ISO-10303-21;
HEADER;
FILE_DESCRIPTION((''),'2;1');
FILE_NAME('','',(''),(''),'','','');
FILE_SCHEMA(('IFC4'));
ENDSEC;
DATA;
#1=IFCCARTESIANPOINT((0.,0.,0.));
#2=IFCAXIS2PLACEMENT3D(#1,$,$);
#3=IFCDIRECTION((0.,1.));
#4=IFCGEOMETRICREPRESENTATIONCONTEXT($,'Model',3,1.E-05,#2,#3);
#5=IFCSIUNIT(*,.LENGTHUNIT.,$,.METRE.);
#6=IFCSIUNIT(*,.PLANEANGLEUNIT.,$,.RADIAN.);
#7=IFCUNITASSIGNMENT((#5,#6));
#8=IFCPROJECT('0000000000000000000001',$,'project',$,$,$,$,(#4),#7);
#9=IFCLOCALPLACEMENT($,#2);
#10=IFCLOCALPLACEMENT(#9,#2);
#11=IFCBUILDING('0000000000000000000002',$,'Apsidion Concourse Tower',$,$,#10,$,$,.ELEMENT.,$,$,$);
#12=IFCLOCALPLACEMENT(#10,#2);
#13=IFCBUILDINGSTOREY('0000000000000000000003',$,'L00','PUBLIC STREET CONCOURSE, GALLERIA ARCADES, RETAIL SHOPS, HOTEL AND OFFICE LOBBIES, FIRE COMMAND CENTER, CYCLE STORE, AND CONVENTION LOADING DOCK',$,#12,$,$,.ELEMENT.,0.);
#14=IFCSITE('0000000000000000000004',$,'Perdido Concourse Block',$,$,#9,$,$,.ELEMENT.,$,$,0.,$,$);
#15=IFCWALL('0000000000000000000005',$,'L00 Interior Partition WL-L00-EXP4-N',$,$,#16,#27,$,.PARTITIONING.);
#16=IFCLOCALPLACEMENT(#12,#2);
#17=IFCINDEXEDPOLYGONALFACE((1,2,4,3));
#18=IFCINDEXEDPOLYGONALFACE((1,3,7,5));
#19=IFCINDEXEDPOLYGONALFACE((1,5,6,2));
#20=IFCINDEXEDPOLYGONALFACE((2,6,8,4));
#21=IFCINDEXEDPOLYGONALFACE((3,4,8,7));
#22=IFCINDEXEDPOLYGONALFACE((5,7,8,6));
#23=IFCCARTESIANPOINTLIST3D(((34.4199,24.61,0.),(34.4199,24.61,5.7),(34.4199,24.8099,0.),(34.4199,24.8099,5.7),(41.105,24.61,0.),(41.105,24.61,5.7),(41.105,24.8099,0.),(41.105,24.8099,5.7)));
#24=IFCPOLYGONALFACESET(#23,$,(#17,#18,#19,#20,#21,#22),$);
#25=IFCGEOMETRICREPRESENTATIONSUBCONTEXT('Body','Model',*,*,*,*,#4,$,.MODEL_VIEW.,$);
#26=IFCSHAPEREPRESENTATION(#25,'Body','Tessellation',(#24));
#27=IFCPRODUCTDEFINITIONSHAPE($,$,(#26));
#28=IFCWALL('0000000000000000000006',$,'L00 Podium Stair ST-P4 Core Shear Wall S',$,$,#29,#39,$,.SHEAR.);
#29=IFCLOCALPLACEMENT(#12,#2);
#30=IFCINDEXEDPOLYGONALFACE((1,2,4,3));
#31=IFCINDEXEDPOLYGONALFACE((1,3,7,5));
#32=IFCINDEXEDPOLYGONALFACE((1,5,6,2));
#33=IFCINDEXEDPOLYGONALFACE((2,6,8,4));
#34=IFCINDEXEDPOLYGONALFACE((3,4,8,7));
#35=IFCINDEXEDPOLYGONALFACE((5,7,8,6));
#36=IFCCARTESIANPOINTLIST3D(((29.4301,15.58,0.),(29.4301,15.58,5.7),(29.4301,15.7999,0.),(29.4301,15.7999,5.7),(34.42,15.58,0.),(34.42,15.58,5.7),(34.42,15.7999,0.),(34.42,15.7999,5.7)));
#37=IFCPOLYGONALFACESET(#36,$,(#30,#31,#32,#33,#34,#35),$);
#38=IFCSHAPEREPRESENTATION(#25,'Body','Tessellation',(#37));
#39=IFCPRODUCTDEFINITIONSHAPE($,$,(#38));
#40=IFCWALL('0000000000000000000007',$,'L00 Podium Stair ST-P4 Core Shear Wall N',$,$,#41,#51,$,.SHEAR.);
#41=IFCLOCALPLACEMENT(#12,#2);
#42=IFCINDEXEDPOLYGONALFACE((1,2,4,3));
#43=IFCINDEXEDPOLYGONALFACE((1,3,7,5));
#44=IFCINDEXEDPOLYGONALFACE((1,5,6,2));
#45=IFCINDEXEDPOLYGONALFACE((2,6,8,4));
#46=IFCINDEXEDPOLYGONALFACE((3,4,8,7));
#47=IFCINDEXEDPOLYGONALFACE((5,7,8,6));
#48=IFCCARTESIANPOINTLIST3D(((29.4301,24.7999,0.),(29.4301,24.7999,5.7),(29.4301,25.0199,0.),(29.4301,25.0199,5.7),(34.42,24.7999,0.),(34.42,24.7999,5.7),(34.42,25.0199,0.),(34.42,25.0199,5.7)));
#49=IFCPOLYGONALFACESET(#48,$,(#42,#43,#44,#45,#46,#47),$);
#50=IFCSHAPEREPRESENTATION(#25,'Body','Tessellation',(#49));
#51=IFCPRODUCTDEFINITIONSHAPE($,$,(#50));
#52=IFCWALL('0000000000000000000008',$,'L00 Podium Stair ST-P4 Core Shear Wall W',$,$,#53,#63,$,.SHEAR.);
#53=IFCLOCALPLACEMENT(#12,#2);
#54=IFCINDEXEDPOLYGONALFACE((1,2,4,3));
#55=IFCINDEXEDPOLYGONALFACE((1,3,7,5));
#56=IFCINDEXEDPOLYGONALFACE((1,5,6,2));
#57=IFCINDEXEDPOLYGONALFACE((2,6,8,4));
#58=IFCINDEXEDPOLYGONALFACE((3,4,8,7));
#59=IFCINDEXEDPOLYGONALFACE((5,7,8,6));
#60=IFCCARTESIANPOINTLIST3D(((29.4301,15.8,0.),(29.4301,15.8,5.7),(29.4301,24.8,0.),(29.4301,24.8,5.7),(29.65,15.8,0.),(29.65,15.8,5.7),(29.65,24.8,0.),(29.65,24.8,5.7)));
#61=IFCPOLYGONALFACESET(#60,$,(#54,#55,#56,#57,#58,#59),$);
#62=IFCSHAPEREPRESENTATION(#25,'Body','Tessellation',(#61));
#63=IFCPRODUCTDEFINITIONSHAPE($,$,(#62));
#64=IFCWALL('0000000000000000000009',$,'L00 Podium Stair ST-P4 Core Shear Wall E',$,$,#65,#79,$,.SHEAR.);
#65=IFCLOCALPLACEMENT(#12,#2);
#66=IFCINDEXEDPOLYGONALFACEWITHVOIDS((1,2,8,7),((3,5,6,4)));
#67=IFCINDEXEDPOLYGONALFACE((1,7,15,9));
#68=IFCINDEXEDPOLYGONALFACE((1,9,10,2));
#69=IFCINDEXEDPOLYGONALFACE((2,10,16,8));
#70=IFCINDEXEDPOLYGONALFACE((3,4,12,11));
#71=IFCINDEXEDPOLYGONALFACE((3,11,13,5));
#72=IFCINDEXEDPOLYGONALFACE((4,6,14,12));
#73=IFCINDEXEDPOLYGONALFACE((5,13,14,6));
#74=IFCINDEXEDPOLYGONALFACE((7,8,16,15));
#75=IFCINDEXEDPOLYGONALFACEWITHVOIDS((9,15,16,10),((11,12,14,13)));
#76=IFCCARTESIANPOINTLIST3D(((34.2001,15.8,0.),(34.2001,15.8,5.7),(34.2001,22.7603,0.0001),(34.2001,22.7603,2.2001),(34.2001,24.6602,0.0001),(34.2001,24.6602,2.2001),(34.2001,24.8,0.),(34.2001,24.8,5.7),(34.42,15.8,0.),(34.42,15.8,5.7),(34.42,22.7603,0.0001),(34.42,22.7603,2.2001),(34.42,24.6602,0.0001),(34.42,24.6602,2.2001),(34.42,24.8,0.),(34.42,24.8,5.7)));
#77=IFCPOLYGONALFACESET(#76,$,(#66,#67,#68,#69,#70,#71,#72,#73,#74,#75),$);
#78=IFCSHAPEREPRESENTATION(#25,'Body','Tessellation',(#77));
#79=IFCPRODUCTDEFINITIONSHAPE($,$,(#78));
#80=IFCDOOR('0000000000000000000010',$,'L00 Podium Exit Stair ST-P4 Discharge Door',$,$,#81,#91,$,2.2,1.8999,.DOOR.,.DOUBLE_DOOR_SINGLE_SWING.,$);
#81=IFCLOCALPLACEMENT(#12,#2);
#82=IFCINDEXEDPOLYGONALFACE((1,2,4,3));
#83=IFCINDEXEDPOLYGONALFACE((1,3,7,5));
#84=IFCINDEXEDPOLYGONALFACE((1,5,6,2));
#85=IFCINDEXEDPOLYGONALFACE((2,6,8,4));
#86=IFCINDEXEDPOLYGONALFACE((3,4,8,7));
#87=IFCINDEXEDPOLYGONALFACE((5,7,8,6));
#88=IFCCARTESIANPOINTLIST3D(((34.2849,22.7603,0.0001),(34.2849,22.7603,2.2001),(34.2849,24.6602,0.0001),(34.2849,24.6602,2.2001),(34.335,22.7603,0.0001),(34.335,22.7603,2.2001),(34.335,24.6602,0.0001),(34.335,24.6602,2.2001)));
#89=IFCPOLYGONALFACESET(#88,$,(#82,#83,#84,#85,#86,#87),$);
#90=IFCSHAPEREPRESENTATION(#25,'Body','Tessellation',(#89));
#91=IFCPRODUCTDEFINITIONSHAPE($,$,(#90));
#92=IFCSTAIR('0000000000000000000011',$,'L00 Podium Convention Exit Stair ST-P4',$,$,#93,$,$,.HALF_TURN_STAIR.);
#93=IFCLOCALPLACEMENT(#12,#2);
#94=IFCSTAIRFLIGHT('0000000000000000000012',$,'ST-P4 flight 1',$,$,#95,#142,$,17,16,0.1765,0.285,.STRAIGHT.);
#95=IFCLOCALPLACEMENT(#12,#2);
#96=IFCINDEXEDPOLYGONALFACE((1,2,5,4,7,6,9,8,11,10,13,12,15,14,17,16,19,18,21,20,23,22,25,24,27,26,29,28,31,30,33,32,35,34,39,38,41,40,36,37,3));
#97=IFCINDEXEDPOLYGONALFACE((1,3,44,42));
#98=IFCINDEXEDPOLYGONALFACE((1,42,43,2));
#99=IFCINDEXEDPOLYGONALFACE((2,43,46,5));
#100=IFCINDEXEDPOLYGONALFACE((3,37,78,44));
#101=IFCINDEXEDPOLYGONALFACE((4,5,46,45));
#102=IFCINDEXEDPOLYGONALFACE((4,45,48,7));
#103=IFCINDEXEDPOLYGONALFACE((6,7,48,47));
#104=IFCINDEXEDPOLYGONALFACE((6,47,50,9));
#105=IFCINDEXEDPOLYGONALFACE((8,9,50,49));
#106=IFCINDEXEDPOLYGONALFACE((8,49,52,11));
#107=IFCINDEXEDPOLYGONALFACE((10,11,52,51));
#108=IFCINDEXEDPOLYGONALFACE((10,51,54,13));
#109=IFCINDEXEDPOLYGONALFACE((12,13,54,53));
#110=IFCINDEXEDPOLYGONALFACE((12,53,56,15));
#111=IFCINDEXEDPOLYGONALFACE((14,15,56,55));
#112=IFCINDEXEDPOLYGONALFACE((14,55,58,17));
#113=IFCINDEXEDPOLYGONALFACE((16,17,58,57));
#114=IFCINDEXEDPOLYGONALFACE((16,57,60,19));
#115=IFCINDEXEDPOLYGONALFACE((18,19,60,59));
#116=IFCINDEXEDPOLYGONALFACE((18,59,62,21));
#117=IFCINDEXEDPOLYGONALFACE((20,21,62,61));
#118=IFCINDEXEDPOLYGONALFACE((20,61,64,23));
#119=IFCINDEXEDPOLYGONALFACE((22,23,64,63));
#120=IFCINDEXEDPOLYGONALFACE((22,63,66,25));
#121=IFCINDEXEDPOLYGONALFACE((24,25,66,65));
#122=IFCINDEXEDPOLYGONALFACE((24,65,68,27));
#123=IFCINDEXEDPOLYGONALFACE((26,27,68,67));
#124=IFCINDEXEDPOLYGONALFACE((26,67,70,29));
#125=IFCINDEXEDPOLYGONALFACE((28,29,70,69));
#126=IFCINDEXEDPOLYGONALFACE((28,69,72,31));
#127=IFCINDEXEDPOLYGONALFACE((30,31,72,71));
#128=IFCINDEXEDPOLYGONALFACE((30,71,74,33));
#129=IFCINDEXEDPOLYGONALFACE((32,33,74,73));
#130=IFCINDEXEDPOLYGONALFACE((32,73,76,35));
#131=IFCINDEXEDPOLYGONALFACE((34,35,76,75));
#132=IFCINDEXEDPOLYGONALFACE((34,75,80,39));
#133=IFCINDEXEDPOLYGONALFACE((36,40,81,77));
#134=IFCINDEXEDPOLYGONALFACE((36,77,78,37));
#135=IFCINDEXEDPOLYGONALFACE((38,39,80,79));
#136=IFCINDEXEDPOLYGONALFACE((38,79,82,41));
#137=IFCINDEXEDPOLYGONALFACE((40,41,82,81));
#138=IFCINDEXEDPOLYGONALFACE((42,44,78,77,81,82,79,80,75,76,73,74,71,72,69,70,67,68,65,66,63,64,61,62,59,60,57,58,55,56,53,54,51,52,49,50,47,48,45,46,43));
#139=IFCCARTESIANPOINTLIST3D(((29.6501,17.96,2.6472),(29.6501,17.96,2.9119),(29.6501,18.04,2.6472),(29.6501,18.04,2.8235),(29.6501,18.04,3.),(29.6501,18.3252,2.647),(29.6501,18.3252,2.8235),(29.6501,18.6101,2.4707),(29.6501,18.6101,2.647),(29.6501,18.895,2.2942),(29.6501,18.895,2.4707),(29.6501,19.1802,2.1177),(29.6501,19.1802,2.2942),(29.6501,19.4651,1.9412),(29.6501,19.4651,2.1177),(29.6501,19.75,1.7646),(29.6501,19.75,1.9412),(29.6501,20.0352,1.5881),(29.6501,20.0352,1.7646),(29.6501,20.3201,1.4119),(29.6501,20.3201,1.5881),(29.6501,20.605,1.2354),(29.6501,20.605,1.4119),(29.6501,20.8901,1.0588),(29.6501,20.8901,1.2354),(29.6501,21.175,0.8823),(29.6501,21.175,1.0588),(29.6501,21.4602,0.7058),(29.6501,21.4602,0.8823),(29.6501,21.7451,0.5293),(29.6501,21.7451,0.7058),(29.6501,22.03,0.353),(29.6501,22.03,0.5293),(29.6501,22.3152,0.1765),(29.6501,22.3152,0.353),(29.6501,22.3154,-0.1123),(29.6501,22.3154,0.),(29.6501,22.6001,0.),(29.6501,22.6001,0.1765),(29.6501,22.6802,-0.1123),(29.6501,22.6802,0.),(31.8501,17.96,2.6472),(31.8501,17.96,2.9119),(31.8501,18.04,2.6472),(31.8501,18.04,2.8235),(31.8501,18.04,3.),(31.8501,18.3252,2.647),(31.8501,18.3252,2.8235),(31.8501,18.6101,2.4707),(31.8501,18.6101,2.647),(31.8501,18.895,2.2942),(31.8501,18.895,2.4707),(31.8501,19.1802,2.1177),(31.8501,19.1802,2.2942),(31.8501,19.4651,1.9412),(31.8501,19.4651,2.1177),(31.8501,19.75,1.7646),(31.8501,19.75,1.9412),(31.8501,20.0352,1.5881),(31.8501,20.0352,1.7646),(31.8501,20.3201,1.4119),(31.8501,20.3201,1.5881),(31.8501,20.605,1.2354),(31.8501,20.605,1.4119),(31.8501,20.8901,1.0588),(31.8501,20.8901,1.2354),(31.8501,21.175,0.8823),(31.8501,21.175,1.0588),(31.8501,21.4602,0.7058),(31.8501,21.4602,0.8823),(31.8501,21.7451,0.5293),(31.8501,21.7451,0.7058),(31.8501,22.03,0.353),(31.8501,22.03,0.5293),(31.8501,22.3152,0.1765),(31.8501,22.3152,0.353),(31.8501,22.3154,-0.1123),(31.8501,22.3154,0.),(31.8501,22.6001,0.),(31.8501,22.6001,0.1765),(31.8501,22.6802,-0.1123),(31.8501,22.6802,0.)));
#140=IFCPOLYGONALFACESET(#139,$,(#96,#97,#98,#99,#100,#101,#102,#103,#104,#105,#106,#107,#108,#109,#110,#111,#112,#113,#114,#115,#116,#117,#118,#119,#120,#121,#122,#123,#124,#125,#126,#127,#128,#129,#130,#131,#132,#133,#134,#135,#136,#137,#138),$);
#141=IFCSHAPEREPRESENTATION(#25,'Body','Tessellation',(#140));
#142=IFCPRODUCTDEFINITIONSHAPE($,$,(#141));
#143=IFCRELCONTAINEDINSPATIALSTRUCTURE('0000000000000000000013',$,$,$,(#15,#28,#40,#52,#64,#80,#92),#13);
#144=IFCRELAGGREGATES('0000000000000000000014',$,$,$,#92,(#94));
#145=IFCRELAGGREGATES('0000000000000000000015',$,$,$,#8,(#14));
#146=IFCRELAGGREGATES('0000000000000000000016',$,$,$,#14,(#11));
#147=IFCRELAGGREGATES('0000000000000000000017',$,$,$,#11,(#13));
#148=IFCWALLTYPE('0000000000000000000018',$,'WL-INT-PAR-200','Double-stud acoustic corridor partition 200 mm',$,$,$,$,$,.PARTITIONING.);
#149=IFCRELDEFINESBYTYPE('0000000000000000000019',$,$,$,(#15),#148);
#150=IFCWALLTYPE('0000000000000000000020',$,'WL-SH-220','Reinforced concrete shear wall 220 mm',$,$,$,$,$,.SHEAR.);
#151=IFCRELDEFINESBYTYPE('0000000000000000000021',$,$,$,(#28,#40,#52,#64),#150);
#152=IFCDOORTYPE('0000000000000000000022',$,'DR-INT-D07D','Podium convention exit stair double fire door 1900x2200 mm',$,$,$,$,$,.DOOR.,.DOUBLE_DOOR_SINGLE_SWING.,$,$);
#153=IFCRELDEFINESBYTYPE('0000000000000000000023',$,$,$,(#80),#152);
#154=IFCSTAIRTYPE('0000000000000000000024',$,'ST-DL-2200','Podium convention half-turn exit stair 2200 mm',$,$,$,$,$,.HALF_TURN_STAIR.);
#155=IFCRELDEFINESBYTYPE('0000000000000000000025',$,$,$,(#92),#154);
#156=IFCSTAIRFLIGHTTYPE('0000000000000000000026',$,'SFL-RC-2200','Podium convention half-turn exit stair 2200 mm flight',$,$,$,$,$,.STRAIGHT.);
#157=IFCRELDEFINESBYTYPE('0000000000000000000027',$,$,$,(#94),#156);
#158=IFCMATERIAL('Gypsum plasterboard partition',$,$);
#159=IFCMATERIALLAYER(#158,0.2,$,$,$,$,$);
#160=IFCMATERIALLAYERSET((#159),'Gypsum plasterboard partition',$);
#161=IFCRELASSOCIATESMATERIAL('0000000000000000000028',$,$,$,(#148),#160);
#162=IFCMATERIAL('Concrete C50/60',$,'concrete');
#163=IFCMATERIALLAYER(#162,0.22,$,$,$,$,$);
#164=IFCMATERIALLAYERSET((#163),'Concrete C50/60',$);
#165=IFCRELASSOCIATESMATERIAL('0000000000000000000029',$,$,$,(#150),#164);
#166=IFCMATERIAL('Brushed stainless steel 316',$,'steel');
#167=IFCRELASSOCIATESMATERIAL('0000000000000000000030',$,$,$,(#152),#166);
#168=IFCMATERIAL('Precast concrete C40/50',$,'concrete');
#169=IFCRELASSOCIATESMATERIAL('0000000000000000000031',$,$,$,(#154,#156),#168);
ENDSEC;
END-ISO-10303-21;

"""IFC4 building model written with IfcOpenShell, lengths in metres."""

from ifc_helpers import new_model, si_unit, direction, frame, frame_2d, origin, place, context, subcontext, project, spatial, polyline, rectangle, outline, extrude, material, layer, layer_set, type_object, element, fill, aggregate, save


model = new_model("IFC4")

# Units and contexts
model_context = context("Model", 3, precision=1e-05, world=origin(), true_north=direction((0.0, 1.0)))
body_context = subcontext(model_context, "Body", "Model", "MODEL_VIEW")
ifc_project = project(units=[si_unit("LENGTHUNIT", "METRE"), si_unit("PLANEANGLEUNIT", "RADIAN")], contexts=[model_context])

# Site, building, storey
site_placement = place(None, origin())
site = spatial("IfcSite", under=ifc_project, at=site_placement, Name="Perdido Concourse Block", CompositionType="ELEMENT", RefElevation=0.0)
building_placement = place(site_placement, origin())
building = spatial("IfcBuilding", under=site, at=building_placement, Name="Apsidion Concourse Tower", CompositionType="ELEMENT")
storey_placement = place(building_placement, origin())
storey = spatial("IfcBuildingStorey", under=building, at=storey_placement, Name="L00", Description="PUBLIC STREET CONCOURSE, GALLERIA ARCADES, RETAIL SHOPS, HOTEL AND OFFICE LOBBIES, FIRE COMMAND CENTER, CYCLE STORE, AND CONVENTION LOADING DOCK", CompositionType="ELEMENT", Elevation=0.0)

# Shared definitions
ifc_material_1 = material(Name="Precast concrete C40/50", Category="concrete")
ifc_material_2 = material(Name="Brushed stainless steel 316", Category="steel")

# Walls
ifc_material_3 = material(Name="Gypsum plasterboard partition")
ifc_layer_1 = layer(ifc_material_3, 0.2)
ifc_layer_set_1 = layer_set([ifc_layer_1], Name="Gypsum plasterboard partition")
wall_type_1 = type_object("IfcWallType", Name="WL-INT-PAR-200", Description="Double-stud acoustic corridor partition 200 mm", PredefinedType="PARTITIONING", material=ifc_layer_set_1)
for number, where, z_axis, x_axis, name in (
    (1, (34.4199, 24.71, 0.0), (0.0, 0.0, 1.0), (1.0, 0.0, 0.0), "L00 Interior Partition WL-L00-EXP4-N"),
):
    element("IfcWall", number, at=place(storey_placement, frame(where, z_axis=z_axis, x_axis=x_axis)), inside=storey, type_object=wall_type_1, Name=name, PredefinedType="PARTITIONING", context=body_context, shape_type="SweptSolid", body=[
        extrude(rectangle(XDim=6.6851, YDim=0.2, at=frame_2d((3.3425, 0.0))), origin(), (0.0, 0.0, 1.0), 5.7),
    ])
ifc_material_4 = material(Name="Concrete C50/60", Category="concrete")
ifc_layer_2 = layer(ifc_material_4, 0.22)
ifc_layer_set_2 = layer_set([ifc_layer_2], Name="Concrete C50/60")
wall_type_2 = type_object("IfcWallType", Name="WL-SH-220", Description="Reinforced concrete shear wall 220 mm", PredefinedType="SHEAR", material=ifc_layer_set_2)
for number, where, z_axis, x_axis, name in (
    (2, (29.4299, 15.6899, 0.0), (0.0, 0.0, 1.0), (1.0, 0.0, 0.0), "L00 Podium Stair ST-P4 Core Shear Wall S"),
    (3, (29.4299, 24.9099, 0.0), (0.0, 0.0, 1.0), (1.0, 0.0, 0.0), "L00 Podium Stair ST-P4 Core Shear Wall N"),
):
    element("IfcWall", number, at=place(storey_placement, frame(where, z_axis=z_axis, x_axis=x_axis)), inside=storey, type_object=wall_type_2, Name=name, PredefinedType="SHEAR", context=body_context, shape_type="SweptSolid", body=[
        extrude(rectangle(XDim=4.99, YDim=0.22, at=frame_2d((2.4951, 0.0))), origin(), (0.0, 0.0, 1.0), 5.7),
    ])
wall_1_placement = place(storey_placement, frame((29.54, 15.8, 0.0), z_axis=(0.0, 0.0, 1.0), x_axis=(0.0, 1.0, 0.0)))
element("IfcWall", 4, at=wall_1_placement, inside=storey, type_object=wall_type_2, Name="L00 Podium Stair ST-P4 Core Shear Wall W", PredefinedType="SHEAR", context=body_context, shape_type="SweptSolid", body=[
    extrude(rectangle(XDim=9.0, YDim=0.22, at=frame_2d((4.5, 0.0))), origin(), (0.0, 0.0, 1.0), 5.7),
])

# Wall, opening, door
wall_2_placement = place(storey_placement, frame((34.3101, 24.8, 0.0), z_axis=(0.0, 0.0, 1.0), x_axis=(0.0, -1.0, 0.0)))
wall_2 = element("IfcWall", 5, at=wall_2_placement, inside=storey, type_object=wall_type_2, Name="L00 Podium Stair ST-P4 Core Shear Wall E", PredefinedType="SHEAR", context=body_context, shape_type="SweptSolid", body=[
    extrude(rectangle(XDim=9.0, YDim=0.22, at=frame_2d((4.5, 0.0))), origin(), (0.0, 0.0, 1.0), 5.7),
])
opening_1_placement = place(wall_2_placement, frame((0.1399, 0.0, 0.0)))
opening_1 = element("IfcOpeningElement", 6, at=opening_1_placement, cuts=wall_2, PredefinedType="OPENING", context=body_context, shape_type="SweptSolid", body=[
    extrude(rectangle(XDim=1.8999, YDim=2.2, at=frame_2d((0.95, 1.1001))), frame((0.0, 0.1201, 0.0), z_axis=(0.0, -1.0, 0.0), x_axis=(1.0, 0.0, 0.0)), (0.0, 0.0, 1.0), 0.24),
])
door_type_1 = type_object("IfcDoorType", Name="DR-INT-D07D", Description="Podium convention exit stair double fire door 1900x2200 mm", OperationType="DOUBLE_DOOR_SINGLE_SWING", PredefinedType="DOOR", material=ifc_material_2)
door_1_placement = place(opening_1_placement, origin())
door_1 = element("IfcDoor", 7, at=door_1_placement, inside=storey, type_object=door_type_1, Name="L00 Podium Exit Stair ST-P4 Discharge Door", OperationType="DOUBLE_DOOR_SINGLE_SWING", OverallHeight=2.2, OverallWidth=1.8999, PredefinedType="DOOR", context=body_context, shape_type="SweptSolid", body=[
    extrude(rectangle(XDim=1.8999, YDim=2.2, at=frame_2d((0.95, 1.1001))), frame((0.0, 0.0249, 0.0), z_axis=(0.0, -1.0, 0.0), x_axis=(1.0, 0.0, 0.0)), (0.0, 0.0, 1.0), 0.05),
])
fill(opening_1, door_1)

# Stair, stair flight
stair_type = type_object("IfcStairType", Name="ST-DL-2200", Description="Podium convention half-turn exit stair 2200 mm", PredefinedType="HALF_TURN_STAIR", material=ifc_material_1)
stair_placement = place(storey_placement, origin())
stair = element("IfcStair", 8, at=stair_placement, inside=storey, type_object=stair_type, Name="L00 Podium Convention Exit Stair ST-P4", PredefinedType="HALF_TURN_STAIR")
stair_flight_type = type_object("IfcStairFlightType", Name="SFL-RC-2200", Description="Podium convention half-turn exit stair 2200 mm flight", PredefinedType="STRAIGHT", material=ifc_material_1)
stair_flight_1_placement = place(storey_placement, frame((30.75, 22.6001, 0.0), z_axis=(0.0, 0.0, 1.0), x_axis=(0.0, -1.0, 0.0)))
stair_flight_1 = element("IfcStairFlight", 9, at=stair_flight_1_placement, type_object=stair_flight_type, Name="ST-P4 flight 1", NumberOfRisers=17, NumberOfTreads=16, PredefinedType="STRAIGHT", RiserHeight=0.1765, TreadLength=0.285, context=body_context, shape_type="SweptSolid", body=[
    extrude(outline(polyline([(-0.0801, -0.1123), (-0.0801, 0.0), (0.0, 0.0), (0.0, 0.1765), (0.2849, 0.1765), (0.2849, 0.353), (0.5701, 0.353), (0.5701, 0.5293), (0.855, 0.5293), (0.855, 0.7058), (1.1399, 0.7058), (1.1399, 0.8823), (1.425, 0.8823), (1.425, 1.0588), (1.71, 1.0588), (1.71, 1.2354), (1.9951, 1.2354), (1.9951, 1.4119), (2.28, 1.4119), (2.28, 1.5881), (2.5649, 1.5881), (2.5649, 1.7646), (2.8501, 1.7646), (2.8501, 1.9412), (3.135, 1.9412), (3.135, 2.1177), (3.4199, 2.1177), (3.4199, 2.2942), (3.7051, 2.2942), (3.7051, 2.4707), (3.99, 2.4707), (3.99, 2.647), (4.2749, 2.647), (4.2749, 2.8235), (4.5601, 2.8235), (4.5601, 3.0), (4.6401, 2.9119), (4.6401, 2.6472), (4.5601, 2.6472), (0.2847, 0.0), (0.2847, -0.1123), (-0.0801, -0.1123)])), frame((0.0, 1.1001, 0.0), z_axis=(0.0, -1.0, 0.0), x_axis=(1.0, 0.0, 0.0)), (0.0, 0.0, 1.0), 2.2),
])
aggregate(stair, [stair_flight_1])

save(model, "model.ifc")
